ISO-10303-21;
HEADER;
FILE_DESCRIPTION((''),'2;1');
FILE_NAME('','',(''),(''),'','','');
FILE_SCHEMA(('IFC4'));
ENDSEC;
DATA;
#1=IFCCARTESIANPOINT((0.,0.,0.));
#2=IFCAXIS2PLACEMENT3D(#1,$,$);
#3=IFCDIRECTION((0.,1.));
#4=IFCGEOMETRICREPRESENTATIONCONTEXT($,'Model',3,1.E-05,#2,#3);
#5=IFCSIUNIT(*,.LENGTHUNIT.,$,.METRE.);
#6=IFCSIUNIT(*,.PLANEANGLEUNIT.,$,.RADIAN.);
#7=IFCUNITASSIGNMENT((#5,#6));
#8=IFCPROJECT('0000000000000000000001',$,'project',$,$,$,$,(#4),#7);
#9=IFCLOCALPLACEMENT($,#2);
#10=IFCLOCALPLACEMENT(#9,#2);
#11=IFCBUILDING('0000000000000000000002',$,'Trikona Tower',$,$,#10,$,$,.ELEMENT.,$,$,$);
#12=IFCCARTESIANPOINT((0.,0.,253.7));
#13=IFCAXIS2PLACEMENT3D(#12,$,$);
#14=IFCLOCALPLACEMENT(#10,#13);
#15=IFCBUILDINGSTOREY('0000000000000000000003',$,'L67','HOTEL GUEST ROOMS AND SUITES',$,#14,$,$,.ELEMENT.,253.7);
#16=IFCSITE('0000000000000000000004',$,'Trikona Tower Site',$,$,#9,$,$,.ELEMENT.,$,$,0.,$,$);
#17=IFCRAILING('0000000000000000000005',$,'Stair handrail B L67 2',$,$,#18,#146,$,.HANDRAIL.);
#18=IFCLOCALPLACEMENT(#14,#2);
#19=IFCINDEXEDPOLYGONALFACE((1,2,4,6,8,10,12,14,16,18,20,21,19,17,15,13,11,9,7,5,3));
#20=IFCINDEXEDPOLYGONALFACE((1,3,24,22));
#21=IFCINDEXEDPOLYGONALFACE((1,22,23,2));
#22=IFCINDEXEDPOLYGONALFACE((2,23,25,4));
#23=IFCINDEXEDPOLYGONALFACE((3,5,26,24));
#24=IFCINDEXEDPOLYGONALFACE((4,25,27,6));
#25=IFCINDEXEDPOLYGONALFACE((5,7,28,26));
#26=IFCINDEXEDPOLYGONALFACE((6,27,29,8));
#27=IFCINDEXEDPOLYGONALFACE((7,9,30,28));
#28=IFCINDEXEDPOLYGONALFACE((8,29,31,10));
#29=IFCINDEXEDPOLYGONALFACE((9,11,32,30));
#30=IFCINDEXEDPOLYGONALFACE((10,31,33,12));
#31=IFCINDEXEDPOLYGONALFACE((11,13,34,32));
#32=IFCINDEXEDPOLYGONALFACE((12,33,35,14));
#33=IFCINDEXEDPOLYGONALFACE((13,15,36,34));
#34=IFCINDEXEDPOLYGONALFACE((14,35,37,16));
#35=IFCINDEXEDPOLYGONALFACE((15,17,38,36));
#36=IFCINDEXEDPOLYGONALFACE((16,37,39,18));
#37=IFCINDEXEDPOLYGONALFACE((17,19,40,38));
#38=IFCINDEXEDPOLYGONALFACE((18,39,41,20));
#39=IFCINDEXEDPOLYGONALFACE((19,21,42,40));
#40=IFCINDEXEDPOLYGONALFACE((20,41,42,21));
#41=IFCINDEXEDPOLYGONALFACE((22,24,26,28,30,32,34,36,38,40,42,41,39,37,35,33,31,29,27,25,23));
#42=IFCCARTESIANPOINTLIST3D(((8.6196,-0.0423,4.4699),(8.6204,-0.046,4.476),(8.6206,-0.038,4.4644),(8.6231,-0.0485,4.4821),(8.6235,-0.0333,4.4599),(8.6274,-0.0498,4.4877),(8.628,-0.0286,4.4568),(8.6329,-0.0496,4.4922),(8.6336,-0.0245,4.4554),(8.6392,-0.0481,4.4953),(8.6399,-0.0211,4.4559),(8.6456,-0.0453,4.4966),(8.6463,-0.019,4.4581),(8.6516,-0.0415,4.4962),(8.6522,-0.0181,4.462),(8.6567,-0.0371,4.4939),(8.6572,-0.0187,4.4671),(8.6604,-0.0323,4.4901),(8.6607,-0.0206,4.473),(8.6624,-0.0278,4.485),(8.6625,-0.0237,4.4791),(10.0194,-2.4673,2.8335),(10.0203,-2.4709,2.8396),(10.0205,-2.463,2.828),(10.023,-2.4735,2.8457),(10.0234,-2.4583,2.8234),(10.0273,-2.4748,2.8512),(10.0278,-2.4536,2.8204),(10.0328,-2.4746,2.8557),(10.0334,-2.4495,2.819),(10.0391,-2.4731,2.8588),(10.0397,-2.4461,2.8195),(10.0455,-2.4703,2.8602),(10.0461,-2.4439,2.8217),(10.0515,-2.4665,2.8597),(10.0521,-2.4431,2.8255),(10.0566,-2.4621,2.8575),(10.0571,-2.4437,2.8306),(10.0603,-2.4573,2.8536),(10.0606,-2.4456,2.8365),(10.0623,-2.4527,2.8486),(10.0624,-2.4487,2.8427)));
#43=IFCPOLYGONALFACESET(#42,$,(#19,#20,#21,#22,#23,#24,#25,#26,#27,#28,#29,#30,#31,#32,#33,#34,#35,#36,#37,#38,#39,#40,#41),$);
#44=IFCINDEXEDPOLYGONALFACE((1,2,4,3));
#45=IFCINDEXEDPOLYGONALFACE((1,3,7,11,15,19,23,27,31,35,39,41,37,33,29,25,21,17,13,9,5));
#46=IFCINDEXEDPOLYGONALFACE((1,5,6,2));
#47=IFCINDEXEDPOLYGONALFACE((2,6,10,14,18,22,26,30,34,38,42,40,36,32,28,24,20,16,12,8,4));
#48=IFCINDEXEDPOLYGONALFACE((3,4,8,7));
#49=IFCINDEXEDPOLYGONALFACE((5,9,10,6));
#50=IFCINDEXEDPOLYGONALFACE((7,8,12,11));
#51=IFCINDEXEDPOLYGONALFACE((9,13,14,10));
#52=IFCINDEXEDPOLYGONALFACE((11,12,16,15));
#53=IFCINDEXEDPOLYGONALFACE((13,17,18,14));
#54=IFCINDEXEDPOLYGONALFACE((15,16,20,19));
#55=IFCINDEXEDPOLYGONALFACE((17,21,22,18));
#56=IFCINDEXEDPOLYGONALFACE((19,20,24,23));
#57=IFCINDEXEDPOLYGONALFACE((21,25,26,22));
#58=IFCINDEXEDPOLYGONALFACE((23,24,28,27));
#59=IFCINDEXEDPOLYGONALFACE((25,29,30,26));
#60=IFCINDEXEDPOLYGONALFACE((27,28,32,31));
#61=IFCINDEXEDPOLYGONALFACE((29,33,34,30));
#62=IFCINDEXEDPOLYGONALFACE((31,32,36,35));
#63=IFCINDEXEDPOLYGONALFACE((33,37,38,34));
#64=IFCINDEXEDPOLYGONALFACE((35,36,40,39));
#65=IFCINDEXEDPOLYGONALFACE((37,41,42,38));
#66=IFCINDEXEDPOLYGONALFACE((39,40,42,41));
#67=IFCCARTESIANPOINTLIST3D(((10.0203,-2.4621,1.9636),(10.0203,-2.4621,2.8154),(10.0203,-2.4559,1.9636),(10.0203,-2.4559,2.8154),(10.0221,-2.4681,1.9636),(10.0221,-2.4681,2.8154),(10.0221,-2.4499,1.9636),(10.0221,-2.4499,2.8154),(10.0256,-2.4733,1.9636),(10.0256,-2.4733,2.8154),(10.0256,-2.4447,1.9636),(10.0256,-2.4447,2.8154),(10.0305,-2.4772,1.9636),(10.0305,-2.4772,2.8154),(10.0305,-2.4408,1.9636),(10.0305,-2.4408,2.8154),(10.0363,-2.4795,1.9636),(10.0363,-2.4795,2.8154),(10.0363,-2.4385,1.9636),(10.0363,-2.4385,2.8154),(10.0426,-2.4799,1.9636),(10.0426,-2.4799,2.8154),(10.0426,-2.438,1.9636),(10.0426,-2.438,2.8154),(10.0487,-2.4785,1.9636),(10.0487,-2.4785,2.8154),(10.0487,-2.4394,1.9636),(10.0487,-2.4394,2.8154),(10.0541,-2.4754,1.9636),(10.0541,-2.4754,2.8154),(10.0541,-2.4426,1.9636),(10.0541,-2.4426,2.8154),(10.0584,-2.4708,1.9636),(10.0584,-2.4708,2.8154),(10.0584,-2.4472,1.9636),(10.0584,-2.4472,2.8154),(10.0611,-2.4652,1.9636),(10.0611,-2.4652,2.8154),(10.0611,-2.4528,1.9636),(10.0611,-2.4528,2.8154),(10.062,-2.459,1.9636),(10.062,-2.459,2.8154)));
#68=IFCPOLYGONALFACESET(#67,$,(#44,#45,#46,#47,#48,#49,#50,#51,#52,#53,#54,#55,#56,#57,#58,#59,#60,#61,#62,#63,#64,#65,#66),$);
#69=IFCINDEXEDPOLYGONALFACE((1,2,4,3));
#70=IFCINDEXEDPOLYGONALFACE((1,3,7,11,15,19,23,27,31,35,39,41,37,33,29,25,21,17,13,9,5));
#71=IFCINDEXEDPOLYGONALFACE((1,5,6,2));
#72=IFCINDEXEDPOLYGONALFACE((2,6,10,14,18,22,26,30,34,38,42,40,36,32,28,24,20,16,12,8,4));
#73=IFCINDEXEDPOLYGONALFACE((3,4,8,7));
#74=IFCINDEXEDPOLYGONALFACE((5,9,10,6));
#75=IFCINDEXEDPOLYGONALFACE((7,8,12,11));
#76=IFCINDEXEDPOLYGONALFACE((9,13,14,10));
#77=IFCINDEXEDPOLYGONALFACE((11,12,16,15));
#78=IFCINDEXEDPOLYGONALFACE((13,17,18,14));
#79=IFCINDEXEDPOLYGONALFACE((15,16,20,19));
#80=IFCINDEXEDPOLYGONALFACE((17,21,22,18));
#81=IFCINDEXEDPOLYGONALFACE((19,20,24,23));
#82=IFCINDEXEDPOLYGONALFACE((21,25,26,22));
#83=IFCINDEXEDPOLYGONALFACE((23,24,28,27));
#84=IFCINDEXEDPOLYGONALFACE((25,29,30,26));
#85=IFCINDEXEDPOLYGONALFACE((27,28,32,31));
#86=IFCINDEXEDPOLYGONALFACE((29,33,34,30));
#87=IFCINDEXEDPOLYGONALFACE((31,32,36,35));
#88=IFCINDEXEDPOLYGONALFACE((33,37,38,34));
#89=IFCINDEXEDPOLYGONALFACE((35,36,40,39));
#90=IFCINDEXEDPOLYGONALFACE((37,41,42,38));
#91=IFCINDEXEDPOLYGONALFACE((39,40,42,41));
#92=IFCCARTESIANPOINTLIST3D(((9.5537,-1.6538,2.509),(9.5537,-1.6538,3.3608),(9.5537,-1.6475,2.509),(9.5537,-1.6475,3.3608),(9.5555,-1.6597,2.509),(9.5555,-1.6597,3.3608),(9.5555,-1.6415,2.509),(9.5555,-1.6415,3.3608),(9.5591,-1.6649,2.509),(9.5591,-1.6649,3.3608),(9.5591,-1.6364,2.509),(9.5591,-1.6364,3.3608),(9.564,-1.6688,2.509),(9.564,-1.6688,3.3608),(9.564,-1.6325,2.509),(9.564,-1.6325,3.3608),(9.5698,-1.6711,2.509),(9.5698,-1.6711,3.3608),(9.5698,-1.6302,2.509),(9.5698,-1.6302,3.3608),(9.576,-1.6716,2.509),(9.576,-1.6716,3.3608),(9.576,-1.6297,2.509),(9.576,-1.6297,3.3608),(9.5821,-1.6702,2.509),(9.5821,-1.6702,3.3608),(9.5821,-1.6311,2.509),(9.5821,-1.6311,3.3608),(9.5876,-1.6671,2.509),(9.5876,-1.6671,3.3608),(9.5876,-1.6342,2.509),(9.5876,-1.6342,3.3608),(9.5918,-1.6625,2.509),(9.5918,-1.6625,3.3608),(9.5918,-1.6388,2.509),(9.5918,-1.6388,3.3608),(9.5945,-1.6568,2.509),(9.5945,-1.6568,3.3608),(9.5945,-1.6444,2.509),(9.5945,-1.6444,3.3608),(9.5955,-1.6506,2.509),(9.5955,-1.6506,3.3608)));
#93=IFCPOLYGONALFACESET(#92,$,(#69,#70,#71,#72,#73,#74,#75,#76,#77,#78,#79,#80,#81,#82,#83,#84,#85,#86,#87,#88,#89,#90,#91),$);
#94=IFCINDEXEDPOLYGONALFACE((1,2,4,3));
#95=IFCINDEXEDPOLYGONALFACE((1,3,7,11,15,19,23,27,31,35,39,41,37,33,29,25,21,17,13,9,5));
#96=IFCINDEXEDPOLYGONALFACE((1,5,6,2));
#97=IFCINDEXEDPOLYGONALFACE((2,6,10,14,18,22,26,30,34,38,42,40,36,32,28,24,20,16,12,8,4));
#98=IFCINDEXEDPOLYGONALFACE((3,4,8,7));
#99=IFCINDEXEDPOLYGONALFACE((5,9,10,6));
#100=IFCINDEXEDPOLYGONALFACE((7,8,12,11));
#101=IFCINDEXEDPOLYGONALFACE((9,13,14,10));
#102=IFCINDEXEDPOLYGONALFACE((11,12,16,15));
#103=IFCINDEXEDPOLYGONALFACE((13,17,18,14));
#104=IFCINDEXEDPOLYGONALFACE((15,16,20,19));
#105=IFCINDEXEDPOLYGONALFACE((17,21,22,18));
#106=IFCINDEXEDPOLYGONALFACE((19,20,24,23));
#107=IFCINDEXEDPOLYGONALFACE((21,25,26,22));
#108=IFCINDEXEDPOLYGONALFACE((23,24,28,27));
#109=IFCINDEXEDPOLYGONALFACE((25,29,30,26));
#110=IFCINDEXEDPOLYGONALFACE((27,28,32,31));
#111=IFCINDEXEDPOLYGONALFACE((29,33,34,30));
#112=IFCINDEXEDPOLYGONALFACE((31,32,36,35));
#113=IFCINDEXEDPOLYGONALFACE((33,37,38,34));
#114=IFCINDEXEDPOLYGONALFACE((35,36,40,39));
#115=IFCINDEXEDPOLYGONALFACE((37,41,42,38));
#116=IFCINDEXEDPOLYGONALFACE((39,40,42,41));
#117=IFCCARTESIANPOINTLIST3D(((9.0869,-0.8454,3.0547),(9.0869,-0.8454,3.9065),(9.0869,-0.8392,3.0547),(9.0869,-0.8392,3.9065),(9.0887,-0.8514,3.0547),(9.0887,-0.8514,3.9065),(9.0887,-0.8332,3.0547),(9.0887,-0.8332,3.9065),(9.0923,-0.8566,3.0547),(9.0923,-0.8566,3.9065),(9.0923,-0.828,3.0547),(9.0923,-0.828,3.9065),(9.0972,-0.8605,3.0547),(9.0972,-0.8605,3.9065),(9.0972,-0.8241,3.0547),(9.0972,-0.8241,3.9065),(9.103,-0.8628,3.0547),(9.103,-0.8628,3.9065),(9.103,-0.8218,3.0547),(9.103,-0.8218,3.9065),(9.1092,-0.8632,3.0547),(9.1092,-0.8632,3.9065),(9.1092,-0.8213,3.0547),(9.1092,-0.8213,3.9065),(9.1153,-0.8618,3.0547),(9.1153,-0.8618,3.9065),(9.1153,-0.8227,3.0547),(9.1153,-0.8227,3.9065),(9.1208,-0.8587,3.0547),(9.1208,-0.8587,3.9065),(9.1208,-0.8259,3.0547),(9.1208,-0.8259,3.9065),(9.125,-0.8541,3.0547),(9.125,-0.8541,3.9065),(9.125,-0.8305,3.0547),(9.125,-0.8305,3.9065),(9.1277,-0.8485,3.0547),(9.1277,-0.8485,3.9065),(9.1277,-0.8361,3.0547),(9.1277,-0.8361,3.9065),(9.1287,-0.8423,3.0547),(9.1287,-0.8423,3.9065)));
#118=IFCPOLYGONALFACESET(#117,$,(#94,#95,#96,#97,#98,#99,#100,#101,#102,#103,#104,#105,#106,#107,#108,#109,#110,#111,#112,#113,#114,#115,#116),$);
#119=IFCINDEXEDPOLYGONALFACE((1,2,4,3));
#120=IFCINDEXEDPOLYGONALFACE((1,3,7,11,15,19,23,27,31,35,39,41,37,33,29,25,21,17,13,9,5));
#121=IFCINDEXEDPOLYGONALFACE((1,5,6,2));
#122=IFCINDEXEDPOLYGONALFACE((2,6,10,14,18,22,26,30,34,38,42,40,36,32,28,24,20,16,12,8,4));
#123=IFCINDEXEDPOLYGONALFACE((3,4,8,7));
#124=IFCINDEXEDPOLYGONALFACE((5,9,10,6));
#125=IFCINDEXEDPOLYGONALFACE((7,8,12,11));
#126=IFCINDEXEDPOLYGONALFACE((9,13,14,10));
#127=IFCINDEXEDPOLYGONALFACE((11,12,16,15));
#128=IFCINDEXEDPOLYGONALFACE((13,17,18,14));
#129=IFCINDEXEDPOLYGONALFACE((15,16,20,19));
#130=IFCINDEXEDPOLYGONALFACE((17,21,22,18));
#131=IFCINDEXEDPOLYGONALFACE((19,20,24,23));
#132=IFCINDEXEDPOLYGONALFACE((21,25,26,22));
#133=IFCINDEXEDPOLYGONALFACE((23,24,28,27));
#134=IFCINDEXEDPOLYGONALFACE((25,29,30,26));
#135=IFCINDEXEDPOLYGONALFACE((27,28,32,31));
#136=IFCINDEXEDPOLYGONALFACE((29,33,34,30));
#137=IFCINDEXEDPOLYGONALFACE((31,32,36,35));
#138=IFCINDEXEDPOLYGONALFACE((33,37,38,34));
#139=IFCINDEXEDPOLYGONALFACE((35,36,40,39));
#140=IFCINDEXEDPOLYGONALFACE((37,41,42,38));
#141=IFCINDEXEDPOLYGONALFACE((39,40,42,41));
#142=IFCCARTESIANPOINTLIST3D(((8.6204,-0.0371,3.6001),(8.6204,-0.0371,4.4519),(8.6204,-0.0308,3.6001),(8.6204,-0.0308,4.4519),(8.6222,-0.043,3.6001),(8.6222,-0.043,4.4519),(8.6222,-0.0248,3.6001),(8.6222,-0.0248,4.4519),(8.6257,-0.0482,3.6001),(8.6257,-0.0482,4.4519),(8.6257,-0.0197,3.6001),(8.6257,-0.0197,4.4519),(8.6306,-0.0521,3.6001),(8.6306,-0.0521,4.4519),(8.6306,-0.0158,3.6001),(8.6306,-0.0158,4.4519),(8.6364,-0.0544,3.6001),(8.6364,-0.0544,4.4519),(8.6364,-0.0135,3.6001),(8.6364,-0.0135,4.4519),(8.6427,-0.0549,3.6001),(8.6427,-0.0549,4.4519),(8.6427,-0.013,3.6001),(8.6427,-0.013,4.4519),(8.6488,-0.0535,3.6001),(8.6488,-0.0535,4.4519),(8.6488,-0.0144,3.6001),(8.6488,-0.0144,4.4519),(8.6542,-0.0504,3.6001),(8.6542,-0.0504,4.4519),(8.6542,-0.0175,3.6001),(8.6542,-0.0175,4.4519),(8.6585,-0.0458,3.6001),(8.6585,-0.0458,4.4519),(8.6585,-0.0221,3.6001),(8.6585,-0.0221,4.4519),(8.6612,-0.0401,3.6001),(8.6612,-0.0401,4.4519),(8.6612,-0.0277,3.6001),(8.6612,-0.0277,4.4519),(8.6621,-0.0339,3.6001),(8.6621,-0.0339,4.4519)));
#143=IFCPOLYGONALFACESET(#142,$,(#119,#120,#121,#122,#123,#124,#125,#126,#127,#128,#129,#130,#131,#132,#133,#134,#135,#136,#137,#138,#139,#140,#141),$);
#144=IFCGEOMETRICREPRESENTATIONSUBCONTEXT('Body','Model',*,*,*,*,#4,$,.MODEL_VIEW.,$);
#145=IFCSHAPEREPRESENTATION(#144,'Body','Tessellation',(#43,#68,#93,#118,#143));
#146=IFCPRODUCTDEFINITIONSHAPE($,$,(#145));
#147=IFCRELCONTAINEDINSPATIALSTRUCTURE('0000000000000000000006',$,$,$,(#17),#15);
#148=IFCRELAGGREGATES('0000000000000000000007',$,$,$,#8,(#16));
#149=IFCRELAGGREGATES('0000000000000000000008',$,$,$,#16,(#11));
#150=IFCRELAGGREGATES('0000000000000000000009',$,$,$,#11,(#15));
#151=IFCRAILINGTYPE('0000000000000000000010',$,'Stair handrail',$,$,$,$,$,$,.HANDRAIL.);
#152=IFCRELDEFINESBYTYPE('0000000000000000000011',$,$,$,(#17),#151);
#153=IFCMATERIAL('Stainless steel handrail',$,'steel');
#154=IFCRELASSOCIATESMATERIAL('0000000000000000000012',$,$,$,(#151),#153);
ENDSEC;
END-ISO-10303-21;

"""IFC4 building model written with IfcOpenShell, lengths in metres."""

from ifc_helpers import new_model, si_unit, direction, frame, origin, origin_2d, place, context, subcontext, project, spatial, circle, extrude, material, type_object, element, save


model = new_model("IFC4")

# Units and contexts
model_context = context("Model", 3, precision=1e-05, world=origin(), true_north=direction((0.0, 1.0)))
body_context = subcontext(model_context, "Body", "Model", "MODEL_VIEW")
ifc_project = project(units=[si_unit("LENGTHUNIT", "METRE"), si_unit("PLANEANGLEUNIT", "RADIAN")], contexts=[model_context])

# Site, building, storey
site_placement = place(None, origin())
site = spatial("IfcSite", under=ifc_project, at=site_placement, Name="Trikona Tower Site", CompositionType="ELEMENT", RefElevation=0.0)
building_placement = place(site_placement, origin())
building = spatial("IfcBuilding", under=site, at=building_placement, Name="Trikona Tower", CompositionType="ELEMENT")
storey_placement = place(building_placement, frame((0.0, 0.0, 253.7)))
storey = spatial("IfcBuildingStorey", under=building, at=storey_placement, Name="L67", Description="HOTEL GUEST ROOMS AND SUITES", CompositionType="ELEMENT", Elevation=253.7)

# Railing
ifc_material_1 = material(Name="Stainless steel handrail", Category="steel")
railing_type = type_object("IfcRailingType", Name="Stair handrail", PredefinedType="HANDRAIL", material=ifc_material_1)
railing_placement = place(storey_placement, frame((10.041, -2.459, 1.9636)))
element("IfcRailing", 1, at=railing_placement, inside=storey, type_object=railing_type, Name="Stair handrail B L67 2", PredefinedType="HANDRAIL", context=body_context, shape_type="SweptSolid", body=[
    extrude(circle(Radius=0.0239, at=origin_2d()), frame((0.0, 0.0, 0.876), z_axis=(-0.431636, 0.747723, 0.504579), x_axis=(-0.866056, -0.499946, 0.0)), (0.0, 0.0, 1.0), 3.2432),
    extrude(circle(Radius=0.021, at=origin_2d()), origin(), (0.0, 0.0, 1.0), 0.8518),
    extrude(circle(Radius=0.021, at=origin_2d()), frame((-0.4666, 0.8083, 0.5454)), (0.0, 0.0, 1.0), 0.8518),
    extrude(circle(Radius=0.021, at=origin_2d()), frame((-0.9333, 1.6167, 1.0911)), (0.0, 0.0, 1.0), 0.8518),
    extrude(circle(Radius=0.021, at=origin_2d()), frame((-1.3999, 2.425, 1.6365)), (0.0, 0.0, 1.0), 0.8518),
])

save(model, "model.ifc")
